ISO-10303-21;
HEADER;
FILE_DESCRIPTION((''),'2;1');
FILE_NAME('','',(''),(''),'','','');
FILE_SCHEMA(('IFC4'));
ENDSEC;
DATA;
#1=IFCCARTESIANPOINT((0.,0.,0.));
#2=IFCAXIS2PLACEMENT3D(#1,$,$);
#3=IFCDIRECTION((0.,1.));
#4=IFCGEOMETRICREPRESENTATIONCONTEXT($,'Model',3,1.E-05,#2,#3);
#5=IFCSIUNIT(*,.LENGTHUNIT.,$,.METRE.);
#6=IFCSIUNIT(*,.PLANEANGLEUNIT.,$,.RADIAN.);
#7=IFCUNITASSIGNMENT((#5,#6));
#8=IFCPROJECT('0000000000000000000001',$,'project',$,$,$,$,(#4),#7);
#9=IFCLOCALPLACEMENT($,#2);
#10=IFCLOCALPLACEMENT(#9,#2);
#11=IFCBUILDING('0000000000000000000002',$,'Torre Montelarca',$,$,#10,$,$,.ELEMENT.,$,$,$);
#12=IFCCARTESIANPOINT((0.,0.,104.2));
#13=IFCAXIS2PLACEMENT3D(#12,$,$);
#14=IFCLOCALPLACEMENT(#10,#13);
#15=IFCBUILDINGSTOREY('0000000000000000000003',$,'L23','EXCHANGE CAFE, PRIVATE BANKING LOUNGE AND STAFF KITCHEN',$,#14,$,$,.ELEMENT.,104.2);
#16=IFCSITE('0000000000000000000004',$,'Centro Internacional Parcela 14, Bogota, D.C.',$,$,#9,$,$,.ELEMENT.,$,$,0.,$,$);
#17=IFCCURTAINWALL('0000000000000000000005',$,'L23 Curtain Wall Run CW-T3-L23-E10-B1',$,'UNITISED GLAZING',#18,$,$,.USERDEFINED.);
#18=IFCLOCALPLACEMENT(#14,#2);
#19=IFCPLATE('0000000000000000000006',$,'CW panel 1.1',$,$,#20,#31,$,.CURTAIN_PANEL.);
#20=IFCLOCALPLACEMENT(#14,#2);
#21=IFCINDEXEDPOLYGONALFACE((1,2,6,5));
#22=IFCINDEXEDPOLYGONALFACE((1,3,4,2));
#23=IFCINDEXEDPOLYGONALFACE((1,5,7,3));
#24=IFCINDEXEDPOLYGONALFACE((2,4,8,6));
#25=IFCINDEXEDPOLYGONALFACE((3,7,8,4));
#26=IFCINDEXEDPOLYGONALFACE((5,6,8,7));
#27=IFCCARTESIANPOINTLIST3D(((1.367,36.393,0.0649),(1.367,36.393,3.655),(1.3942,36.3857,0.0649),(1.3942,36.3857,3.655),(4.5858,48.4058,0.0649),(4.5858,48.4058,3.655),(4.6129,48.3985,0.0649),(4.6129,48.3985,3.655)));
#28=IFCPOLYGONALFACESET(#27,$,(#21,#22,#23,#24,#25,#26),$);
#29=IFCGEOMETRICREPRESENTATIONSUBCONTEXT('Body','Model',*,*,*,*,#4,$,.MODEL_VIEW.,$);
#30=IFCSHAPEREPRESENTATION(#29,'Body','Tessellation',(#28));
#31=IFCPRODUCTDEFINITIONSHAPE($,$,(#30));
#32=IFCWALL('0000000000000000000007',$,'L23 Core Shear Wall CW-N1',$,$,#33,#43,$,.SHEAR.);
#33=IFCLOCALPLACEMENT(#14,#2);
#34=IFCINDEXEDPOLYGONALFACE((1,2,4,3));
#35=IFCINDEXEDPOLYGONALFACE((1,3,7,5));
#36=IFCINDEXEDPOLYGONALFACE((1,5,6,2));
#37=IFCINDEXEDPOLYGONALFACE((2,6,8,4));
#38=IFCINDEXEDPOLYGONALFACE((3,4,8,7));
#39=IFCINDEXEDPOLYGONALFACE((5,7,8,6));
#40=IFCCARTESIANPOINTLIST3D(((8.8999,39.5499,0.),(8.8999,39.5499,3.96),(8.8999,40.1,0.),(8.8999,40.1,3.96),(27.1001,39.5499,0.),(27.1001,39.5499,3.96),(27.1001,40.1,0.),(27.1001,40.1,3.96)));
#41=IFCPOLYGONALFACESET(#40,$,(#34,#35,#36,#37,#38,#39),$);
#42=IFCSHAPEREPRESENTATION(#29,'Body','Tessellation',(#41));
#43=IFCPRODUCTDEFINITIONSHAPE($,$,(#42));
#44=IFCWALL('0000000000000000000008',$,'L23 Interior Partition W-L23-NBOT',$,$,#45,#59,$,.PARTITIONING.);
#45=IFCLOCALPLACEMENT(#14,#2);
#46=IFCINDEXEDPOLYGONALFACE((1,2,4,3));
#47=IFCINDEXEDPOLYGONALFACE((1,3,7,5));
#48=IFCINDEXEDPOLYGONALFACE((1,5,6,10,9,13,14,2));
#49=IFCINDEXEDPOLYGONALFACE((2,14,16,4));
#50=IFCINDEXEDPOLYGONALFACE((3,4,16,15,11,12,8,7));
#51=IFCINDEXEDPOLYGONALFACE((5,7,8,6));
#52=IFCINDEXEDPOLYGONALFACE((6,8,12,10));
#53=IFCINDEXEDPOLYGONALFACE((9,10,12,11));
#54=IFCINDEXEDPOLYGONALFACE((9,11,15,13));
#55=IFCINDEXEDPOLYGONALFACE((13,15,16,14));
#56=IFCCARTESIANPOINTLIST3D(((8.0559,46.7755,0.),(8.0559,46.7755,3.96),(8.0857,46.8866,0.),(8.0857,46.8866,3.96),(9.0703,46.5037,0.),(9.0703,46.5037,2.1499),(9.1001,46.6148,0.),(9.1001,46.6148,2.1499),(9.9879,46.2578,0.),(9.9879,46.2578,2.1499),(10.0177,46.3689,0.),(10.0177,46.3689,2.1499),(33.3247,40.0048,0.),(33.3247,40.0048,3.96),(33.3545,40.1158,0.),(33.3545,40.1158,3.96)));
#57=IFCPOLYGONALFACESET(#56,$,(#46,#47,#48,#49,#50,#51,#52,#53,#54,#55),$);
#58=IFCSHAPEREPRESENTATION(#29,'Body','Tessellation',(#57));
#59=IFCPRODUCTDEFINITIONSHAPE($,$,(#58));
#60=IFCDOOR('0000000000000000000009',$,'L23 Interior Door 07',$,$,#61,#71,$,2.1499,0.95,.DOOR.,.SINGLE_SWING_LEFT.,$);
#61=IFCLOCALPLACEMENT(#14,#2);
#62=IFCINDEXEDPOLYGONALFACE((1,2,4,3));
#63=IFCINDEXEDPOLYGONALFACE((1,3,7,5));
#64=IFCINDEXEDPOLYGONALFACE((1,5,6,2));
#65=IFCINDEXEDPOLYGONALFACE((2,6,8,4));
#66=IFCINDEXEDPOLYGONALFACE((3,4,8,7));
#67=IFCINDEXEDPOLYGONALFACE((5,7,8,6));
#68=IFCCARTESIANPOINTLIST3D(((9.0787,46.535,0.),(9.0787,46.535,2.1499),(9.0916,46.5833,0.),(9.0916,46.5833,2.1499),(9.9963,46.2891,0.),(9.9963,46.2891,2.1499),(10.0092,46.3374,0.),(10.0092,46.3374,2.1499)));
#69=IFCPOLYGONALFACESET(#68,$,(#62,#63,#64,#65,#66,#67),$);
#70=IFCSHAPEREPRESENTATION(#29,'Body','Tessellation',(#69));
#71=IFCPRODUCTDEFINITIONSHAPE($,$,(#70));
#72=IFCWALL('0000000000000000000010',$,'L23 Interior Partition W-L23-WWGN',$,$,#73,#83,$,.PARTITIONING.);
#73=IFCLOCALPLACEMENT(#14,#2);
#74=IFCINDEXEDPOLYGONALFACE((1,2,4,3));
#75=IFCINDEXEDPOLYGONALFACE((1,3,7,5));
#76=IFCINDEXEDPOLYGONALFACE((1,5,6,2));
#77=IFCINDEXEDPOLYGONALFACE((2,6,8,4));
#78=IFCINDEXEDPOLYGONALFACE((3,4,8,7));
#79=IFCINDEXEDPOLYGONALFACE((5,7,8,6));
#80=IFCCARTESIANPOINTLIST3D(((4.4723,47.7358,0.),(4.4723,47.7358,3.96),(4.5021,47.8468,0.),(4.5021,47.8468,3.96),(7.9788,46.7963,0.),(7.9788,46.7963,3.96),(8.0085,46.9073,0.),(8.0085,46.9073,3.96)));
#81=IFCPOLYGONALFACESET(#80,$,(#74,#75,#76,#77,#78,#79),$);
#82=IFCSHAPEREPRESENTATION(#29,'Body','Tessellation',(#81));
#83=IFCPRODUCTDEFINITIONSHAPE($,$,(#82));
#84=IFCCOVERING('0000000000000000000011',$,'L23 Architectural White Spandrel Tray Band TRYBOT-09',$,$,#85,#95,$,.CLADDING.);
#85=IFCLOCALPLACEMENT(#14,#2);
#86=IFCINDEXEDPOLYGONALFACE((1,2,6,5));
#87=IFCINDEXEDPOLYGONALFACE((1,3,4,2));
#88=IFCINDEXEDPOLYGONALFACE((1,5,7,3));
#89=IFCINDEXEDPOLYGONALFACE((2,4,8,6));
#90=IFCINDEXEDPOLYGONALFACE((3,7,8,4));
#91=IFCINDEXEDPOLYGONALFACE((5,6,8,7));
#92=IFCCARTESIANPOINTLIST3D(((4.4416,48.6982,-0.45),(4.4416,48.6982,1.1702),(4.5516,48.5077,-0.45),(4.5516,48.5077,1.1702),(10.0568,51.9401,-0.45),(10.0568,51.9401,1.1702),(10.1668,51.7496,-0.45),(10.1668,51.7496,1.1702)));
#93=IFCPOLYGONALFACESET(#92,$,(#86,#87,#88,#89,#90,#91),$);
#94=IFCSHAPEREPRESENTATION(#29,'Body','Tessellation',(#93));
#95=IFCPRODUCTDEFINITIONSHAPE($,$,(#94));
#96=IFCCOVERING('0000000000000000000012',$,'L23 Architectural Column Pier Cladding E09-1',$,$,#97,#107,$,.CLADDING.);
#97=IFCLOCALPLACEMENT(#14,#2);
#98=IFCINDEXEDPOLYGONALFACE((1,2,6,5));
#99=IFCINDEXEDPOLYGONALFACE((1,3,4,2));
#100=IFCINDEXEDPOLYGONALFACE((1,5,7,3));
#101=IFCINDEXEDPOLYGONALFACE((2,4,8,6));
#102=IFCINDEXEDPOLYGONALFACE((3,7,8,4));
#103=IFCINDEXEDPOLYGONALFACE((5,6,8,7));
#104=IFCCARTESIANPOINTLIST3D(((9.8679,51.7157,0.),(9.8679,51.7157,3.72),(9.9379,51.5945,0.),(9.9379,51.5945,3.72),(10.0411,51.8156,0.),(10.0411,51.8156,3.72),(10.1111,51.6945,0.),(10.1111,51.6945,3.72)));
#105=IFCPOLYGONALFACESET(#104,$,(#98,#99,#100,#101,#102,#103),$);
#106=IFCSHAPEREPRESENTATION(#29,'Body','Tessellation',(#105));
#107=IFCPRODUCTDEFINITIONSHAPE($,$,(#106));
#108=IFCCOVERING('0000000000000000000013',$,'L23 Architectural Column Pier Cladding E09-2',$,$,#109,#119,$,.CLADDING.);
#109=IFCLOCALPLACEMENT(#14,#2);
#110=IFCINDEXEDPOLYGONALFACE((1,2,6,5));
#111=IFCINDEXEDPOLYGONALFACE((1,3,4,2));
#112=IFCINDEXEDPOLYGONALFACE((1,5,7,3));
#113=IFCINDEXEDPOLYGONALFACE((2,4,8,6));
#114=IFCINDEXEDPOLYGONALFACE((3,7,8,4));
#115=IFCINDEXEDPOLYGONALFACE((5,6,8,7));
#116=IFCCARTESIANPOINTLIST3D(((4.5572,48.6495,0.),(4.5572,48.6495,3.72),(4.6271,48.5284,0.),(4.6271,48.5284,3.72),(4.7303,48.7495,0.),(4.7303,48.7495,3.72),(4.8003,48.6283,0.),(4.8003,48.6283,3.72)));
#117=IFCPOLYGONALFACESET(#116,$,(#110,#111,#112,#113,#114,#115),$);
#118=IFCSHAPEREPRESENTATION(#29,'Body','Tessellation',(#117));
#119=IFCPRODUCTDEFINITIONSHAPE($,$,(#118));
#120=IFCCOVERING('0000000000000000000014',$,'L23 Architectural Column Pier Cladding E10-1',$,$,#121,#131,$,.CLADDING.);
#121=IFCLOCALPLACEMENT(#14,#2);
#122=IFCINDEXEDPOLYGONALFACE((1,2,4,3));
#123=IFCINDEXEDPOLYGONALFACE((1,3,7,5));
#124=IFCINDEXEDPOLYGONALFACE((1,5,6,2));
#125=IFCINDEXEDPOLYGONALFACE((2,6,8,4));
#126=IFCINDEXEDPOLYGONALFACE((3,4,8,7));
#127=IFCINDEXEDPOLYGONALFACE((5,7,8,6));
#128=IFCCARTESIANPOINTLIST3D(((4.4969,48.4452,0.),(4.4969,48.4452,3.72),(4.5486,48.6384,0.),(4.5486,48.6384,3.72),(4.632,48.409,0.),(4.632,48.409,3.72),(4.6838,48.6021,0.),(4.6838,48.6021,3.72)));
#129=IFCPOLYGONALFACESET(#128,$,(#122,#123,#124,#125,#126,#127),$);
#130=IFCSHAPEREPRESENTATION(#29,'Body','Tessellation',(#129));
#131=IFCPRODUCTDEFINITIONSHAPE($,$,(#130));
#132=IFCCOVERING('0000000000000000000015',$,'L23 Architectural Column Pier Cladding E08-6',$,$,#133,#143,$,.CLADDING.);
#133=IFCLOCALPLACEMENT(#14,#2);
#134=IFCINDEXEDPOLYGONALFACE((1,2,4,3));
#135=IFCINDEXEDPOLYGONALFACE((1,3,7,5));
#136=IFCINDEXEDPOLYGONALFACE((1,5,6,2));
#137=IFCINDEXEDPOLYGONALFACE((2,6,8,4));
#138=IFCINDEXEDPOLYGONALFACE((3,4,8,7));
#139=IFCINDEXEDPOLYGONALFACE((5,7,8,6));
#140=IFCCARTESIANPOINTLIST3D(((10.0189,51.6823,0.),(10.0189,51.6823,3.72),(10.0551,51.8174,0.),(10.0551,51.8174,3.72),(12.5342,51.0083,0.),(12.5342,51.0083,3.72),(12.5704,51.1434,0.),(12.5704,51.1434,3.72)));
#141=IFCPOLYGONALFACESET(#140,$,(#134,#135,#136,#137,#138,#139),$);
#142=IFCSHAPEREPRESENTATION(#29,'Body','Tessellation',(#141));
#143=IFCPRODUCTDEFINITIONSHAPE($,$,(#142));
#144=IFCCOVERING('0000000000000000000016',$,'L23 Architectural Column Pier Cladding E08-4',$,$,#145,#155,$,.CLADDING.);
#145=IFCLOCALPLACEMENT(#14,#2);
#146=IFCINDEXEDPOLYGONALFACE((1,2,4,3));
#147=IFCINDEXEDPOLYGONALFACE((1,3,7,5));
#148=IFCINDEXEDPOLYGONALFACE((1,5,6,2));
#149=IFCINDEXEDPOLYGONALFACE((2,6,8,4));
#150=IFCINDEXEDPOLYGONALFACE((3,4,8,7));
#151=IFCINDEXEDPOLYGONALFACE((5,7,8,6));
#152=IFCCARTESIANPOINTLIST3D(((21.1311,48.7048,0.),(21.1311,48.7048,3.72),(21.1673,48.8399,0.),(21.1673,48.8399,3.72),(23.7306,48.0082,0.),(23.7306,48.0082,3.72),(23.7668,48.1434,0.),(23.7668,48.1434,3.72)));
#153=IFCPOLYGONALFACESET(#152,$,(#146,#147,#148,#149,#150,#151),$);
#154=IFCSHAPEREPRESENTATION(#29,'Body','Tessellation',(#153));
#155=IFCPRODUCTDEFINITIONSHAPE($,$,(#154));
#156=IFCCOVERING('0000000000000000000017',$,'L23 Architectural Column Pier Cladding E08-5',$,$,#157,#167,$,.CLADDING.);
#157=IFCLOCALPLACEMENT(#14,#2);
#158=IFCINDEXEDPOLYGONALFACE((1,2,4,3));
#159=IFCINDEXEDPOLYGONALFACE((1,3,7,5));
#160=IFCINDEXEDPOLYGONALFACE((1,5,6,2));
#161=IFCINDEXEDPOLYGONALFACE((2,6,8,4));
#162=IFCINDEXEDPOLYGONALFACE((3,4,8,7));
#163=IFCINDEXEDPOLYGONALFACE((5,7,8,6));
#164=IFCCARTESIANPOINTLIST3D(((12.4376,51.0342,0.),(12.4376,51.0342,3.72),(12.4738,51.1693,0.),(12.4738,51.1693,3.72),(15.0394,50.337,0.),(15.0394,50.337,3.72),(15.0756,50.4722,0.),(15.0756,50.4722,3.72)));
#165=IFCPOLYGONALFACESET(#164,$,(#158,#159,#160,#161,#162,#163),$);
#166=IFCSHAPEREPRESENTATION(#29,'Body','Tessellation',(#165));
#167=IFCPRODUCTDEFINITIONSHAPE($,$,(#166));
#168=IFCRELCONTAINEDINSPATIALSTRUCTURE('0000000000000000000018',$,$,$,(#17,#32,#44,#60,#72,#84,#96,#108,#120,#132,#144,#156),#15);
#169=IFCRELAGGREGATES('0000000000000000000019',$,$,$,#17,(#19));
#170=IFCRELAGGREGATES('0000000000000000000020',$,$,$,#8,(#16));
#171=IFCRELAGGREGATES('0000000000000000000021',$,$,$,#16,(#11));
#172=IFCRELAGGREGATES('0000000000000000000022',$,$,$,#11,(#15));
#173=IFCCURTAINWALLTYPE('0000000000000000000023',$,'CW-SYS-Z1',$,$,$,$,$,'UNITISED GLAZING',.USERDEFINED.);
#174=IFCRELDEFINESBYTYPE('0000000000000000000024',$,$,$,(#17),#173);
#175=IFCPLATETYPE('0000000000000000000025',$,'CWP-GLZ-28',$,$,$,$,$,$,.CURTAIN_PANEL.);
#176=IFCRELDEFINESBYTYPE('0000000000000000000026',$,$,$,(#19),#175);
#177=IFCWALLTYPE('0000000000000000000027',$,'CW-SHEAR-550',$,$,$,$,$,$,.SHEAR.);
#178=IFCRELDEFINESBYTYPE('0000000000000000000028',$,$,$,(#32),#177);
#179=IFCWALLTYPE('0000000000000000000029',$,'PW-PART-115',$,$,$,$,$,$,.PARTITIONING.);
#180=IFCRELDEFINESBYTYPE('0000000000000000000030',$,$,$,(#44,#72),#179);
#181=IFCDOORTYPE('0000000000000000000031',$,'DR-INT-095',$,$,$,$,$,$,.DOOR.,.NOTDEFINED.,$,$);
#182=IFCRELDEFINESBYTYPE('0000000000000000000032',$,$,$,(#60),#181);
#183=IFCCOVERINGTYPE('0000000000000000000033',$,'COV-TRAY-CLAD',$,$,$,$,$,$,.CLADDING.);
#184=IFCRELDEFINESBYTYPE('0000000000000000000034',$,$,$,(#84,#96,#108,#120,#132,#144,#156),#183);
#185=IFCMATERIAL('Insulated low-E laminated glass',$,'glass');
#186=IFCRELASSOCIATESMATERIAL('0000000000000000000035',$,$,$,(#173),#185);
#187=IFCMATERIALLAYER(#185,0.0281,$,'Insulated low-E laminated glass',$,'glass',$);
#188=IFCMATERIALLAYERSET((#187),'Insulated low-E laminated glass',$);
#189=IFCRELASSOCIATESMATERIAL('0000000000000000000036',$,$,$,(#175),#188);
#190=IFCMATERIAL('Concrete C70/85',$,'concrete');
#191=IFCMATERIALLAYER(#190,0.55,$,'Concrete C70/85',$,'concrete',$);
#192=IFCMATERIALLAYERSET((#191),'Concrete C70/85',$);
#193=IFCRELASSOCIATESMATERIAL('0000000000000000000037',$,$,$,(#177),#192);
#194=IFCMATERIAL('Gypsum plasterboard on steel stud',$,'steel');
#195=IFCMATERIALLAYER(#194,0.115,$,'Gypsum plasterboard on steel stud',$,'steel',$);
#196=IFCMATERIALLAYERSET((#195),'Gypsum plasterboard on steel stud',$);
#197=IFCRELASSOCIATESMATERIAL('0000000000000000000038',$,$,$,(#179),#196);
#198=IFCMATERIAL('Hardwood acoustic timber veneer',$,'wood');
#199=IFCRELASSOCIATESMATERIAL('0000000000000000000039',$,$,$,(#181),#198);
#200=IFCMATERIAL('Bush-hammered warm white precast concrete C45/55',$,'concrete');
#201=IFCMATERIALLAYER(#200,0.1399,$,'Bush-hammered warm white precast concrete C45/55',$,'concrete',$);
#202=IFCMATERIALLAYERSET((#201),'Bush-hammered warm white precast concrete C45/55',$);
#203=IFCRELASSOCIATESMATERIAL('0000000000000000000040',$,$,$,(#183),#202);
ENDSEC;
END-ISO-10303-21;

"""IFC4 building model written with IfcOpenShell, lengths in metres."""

from ifc_helpers import new_model, si_unit, direction, frame, frame_2d, origin, origin_2d, place, context, subcontext, project, spatial, rectangle, extrude, source, transform, mapped, material, layer, layer_set, type_object, element, fill, aggregate, save


model = new_model("IFC4")

# Units and contexts
model_context = context("Model", 3, precision=1e-05, world=origin(), true_north=direction((0.0, 1.0)))
body_context = subcontext(model_context, "Body", "Model", "MODEL_VIEW")
ifc_project = project(units=[si_unit("LENGTHUNIT", "METRE"), si_unit("PLANEANGLEUNIT", "RADIAN")], contexts=[model_context])

# Site, building, storey
site_placement = place(None, origin())
site = spatial("IfcSite", under=ifc_project, at=site_placement, Name="Centro Internacional Parcela 14, Bogota, D.C.", CompositionType="ELEMENT", RefElevation=0.0)
building_placement = place(site_placement, origin())
building = spatial("IfcBuilding", under=site, at=building_placement, Name="Torre Montelarca", CompositionType="ELEMENT")
storey_placement = place(building_placement, frame((0.0, 0.0, 104.2)))
storey = spatial("IfcBuildingStorey", under=building, at=storey_placement, Name="L23", Description="EXCHANGE CAFE, PRIVATE BANKING LOUNGE AND STAFF KITCHEN", CompositionType="ELEMENT", Elevation=104.2)

# Shared definitions
ifc_material_1 = material(Name="Concrete C70/85", Category="concrete")

# Curtain wall
ifc_material_2 = material(Name="Insulated low-E laminated glass", Category="glass")
curtain_wall_type = type_object("IfcCurtainWallType", Name="CW-SYS-Z1", ElementType="UNITISED GLAZING", PredefinedType="USERDEFINED", material=ifc_material_2)
curtain_wall_1_placement = place(storey_placement, origin())
curtain_wall_1 = element("IfcCurtainWall", 1, at=curtain_wall_1_placement, inside=storey, type_object=curtain_wall_type, Name="L23 Curtain Wall Run CW-T3-L23-E10-B1", ObjectType="UNITISED GLAZING", PredefinedType="USERDEFINED")

# Plate
ifc_layer_1 = layer(ifc_material_2, 0.0281, Name="Insulated low-E laminated glass", Category="glass")
ifc_layer_set_1 = layer_set([ifc_layer_1], Name="Insulated low-E laminated glass")
plate_type = type_object("IfcPlateType", Name="CWP-GLZ-28", PredefinedType="CURTAIN_PANEL", material=ifc_layer_set_1)
shared_shape_1 = source(origin(), body_context, "Body", "SweptSolid", [
    extrude(rectangle(XDim=12.4365, YDim=0.0281, at=origin_2d()), origin(), (0.0, 0.0, 1.0), 3.5901),
])
plate_1_placement = place(storey_placement, frame((2.99, 42.3958, 0.0649), z_axis=(0.0, 0.0, 1.0), x_axis=(-0.258818, -0.965926, 0.0)))
plate_1 = element("IfcPlate", 2, at=plate_1_placement, type_object=plate_type, Name="CW panel 1.1", PredefinedType="CURTAIN_PANEL", context=body_context, shape_type="MappedRepresentation", body=[
    mapped(shared_shape_1, transform((0.0, 0.0, 0.0), scale=1.0)),
])
aggregate(curtain_wall_1, [plate_1])

# Wall
ifc_layer_2 = layer(ifc_material_1, 0.55, Name="Concrete C70/85", Category="concrete")
ifc_layer_set_2 = layer_set([ifc_layer_2], Name="Concrete C70/85")
wall_type_1 = type_object("IfcWallType", Name="CW-SHEAR-550", PredefinedType="SHEAR", material=ifc_layer_set_2)
wall_1_placement = place(storey_placement, frame((8.8999, 39.825, 0.0), z_axis=(0.0, 0.0, 1.0), x_axis=(1.0, 0.0, 0.0)))
element("IfcWall", 3, at=wall_1_placement, inside=storey, type_object=wall_type_1, Name="L23 Core Shear Wall CW-N1", PredefinedType="SHEAR", context=body_context, shape_type="SweptSolid", body=[
    extrude(rectangle(XDim=18.2002, YDim=0.55, at=frame_2d((9.1001, 0.0))), origin(), (0.0, 0.0, 1.0), 3.96),
])

# Wall, opening, door
ifc_material_3 = material(Name="Gypsum plasterboard on steel stud", Category="steel")
ifc_layer_3 = layer(ifc_material_3, 0.115, Name="Gypsum plasterboard on steel stud", Category="steel")
ifc_layer_set_3 = layer_set([ifc_layer_3], Name="Gypsum plasterboard on steel stud")
wall_type_2 = type_object("IfcWallType", Name="PW-PART-115", PredefinedType="PARTITIONING", material=ifc_layer_set_3)
wall_2_placement = place(storey_placement, frame((8.0708, 46.8311, 0.0), z_axis=(0.0, 0.0, 1.0), x_axis=(0.965926, -0.258819, 0.0)))
wall_2 = element("IfcWall", 4, at=wall_2_placement, inside=storey, type_object=wall_type_2, Name="L23 Interior Partition W-L23-NBOT", PredefinedType="PARTITIONING", context=body_context, shape_type="SweptSolid", body=[
    extrude(rectangle(XDim=26.1602, YDim=0.115, at=frame_2d((13.0801, 0.0))), origin(), (0.0, 0.0, 1.0), 3.96),
])
opening_placement = place(wall_2_placement, frame((1.05, 0.0, 0.0)))
opening = element("IfcOpeningElement", 5, at=opening_placement, cuts=wall_2, PredefinedType="OPENING", context=body_context, shape_type="SweptSolid", body=[
    extrude(rectangle(XDim=0.95, YDim=2.1499, at=frame_2d((0.4751, 1.075))), frame((0.0, 0.0674, 0.0), z_axis=(0.0, -1.0, 0.0), x_axis=(1.0, 0.0, 0.0)), (0.0, 0.0, 1.0), 0.135),
])
ifc_material_4 = material(Name="Hardwood acoustic timber veneer", Category="wood")
door_type = type_object("IfcDoorType", Name="DR-INT-095", OperationType="NOTDEFINED", PredefinedType="DOOR", material=ifc_material_4)
shared_shape_2 = source(origin(), body_context, "Body", "SweptSolid", [
    extrude(rectangle(XDim=0.95, YDim=2.1499, at=frame_2d((0.4751, 1.075))), frame((0.0, 0.0249, 0.0), z_axis=(0.0, -1.0, 0.0), x_axis=(1.0, 0.0, 0.0)), (0.0, 0.0, 1.0), 0.05),
])
door_placement = place(opening_placement, origin())
door = element("IfcDoor", 6, at=door_placement, inside=storey, type_object=door_type, Name="L23 Interior Door 07", OperationType="SINGLE_SWING_LEFT", OverallHeight=2.1499, OverallWidth=0.95, PredefinedType="DOOR", context=body_context, shape_type="MappedRepresentation", body=[
    mapped(shared_shape_2, transform((0.0, 0.0, 0.0), scale=1.0)),
])
fill(opening, door)

# Wall
wall_3_placement = place(storey_placement, frame((4.4873, 47.7913, 0.0), z_axis=(0.0, 0.0, 1.0), x_axis=(0.965931, -0.258801, 0.0)))
element("IfcWall", 7, at=wall_3_placement, inside=storey, type_object=wall_type_2, Name="L23 Interior Partition W-L23-WWGN", PredefinedType="PARTITIONING", context=body_context, shape_type="SweptSolid", body=[
    extrude(rectangle(XDim=3.6301, YDim=0.115, at=frame_2d((1.8149, 0.0))), origin(), (0.0, 0.0, 1.0), 3.96),
])

# Coverings
ifc_material_5 = material(Name="Bush-hammered warm white precast concrete C45/55", Category="concrete")
ifc_layer_4 = layer(ifc_material_5, 0.1399, Name="Bush-hammered warm white precast concrete C45/55", Category="concrete")
ifc_layer_set_4 = layer_set([ifc_layer_4], Name="Bush-hammered warm white precast concrete C45/55")
covering_type = type_object("IfcCoveringType", Name="COV-TRAY-CLAD", PredefinedType="CLADDING", material=ifc_layer_set_4)
shared_shape_3 = source(origin(), body_context, "Body", "SweptSolid", [
    extrude(rectangle(XDim=6.4839, YDim=0.22, at=origin_2d()), origin(), (0.0, 0.0, 1.0), 1.6201),
])
covering_1_placement = place(storey_placement, frame((7.3042, 50.2239, -0.45), z_axis=(0.0, 0.0, 1.0), x_axis=(-0.866026, -0.499998, 0.0)))
element("IfcCovering", 8, at=covering_1_placement, inside=storey, type_object=covering_type, Name="L23 Architectural White Spandrel Tray Band TRYBOT-09", PredefinedType="CLADDING", context=body_context, shape_type="MappedRepresentation", body=[
    mapped(shared_shape_3, transform((0.0, 0.0, 0.0), scale=1.0)),
])
shared_shape_4 = source(origin(), body_context, "Body", "SweptSolid", [
    extrude(rectangle(XDim=0.2, YDim=0.1399, at=origin_2d()), origin(), (0.0, 0.0, 1.0), 3.72),
])
for number, where, z_axis, x_axis, name in (
    (9, (9.9895, 51.7051, 0.0), (0.0, 0.0, 1.0), (-0.866025, -0.500002, 0.0), "L23 Architectural Column Pier Cladding E09-1"),
    (10, (4.6787, 48.6389, 0.0), (0.0, 0.0, 1.0), (-0.866025, -0.500002, 0.0), "L23 Architectural Column Pier Cladding E09-2"),
    (11, (4.5903, 48.5237, 0.0), (0.0, 0.0, 1.0), (-0.258819, -0.965926, 0.0), "L23 Architectural Column Pier Cladding E10-1"),
):
    element("IfcCovering", number, at=place(storey_placement, frame(where, z_axis=z_axis, x_axis=x_axis)), inside=storey, type_object=covering_type, Name=name, PredefinedType="CLADDING", context=body_context, shape_type="MappedRepresentation", body=[
        mapped(shared_shape_4, transform((0.0, 0.0, 0.0), scale=1.0)),
    ])
shared_shape_5 = source(origin(), body_context, "Body", "SweptSolid", [
    extrude(rectangle(XDim=2.604, YDim=0.1399, at=origin_2d()), origin(), (0.0, 0.0, 1.0), 3.72),
])
covering_2_placement = place(storey_placement, frame((11.2947, 51.4128, 0.0), z_axis=(0.0, 0.0, 1.0), x_axis=(-0.965925, 0.258821, 0.0)))
element("IfcCovering", 12, at=covering_2_placement, inside=storey, type_object=covering_type, Name="L23 Architectural Column Pier Cladding E08-6", PredefinedType="CLADDING", context=body_context, shape_type="MappedRepresentation", body=[
    mapped(shared_shape_5, transform((0.0, 0.0, 0.0), scale=1.0)),
])
shared_shape_6 = source(origin(), body_context, "Body", "SweptSolid", [
    extrude(rectangle(XDim=2.6912, YDim=0.1399, at=origin_2d()), origin(), (0.0, 0.0, 1.0), 3.72),
])
covering_3_placement = place(storey_placement, frame((22.449, 48.4241, 0.0), z_axis=(0.0, 0.0, 1.0), x_axis=(-0.965925, 0.258821, 0.0)))
element("IfcCovering", 13, at=covering_3_placement, inside=storey, type_object=covering_type, Name="L23 Architectural Column Pier Cladding E08-4", PredefinedType="CLADDING", context=body_context, shape_type="MappedRepresentation", body=[
    mapped(shared_shape_6, transform((0.0, 0.0, 0.0), scale=1.0)),
])
shared_shape_7 = source(origin(), body_context, "Body", "SweptSolid", [
    extrude(rectangle(XDim=2.6936, YDim=0.1399, at=origin_2d()), origin(), (0.0, 0.0, 1.0), 3.72),
])
covering_4_placement = place(storey_placement, frame((13.7566, 50.7532, 0.0), z_axis=(0.0, 0.0, 1.0), x_axis=(-0.965925, 0.258821, 0.0)))
element("IfcCovering", 14, at=covering_4_placement, inside=storey, type_object=covering_type, Name="L23 Architectural Column Pier Cladding E08-5", PredefinedType="CLADDING", context=body_context, shape_type="MappedRepresentation", body=[
    mapped(shared_shape_7, transform((0.0, 0.0, 0.0), scale=1.0)),
])

save(model, "model.ifc")
